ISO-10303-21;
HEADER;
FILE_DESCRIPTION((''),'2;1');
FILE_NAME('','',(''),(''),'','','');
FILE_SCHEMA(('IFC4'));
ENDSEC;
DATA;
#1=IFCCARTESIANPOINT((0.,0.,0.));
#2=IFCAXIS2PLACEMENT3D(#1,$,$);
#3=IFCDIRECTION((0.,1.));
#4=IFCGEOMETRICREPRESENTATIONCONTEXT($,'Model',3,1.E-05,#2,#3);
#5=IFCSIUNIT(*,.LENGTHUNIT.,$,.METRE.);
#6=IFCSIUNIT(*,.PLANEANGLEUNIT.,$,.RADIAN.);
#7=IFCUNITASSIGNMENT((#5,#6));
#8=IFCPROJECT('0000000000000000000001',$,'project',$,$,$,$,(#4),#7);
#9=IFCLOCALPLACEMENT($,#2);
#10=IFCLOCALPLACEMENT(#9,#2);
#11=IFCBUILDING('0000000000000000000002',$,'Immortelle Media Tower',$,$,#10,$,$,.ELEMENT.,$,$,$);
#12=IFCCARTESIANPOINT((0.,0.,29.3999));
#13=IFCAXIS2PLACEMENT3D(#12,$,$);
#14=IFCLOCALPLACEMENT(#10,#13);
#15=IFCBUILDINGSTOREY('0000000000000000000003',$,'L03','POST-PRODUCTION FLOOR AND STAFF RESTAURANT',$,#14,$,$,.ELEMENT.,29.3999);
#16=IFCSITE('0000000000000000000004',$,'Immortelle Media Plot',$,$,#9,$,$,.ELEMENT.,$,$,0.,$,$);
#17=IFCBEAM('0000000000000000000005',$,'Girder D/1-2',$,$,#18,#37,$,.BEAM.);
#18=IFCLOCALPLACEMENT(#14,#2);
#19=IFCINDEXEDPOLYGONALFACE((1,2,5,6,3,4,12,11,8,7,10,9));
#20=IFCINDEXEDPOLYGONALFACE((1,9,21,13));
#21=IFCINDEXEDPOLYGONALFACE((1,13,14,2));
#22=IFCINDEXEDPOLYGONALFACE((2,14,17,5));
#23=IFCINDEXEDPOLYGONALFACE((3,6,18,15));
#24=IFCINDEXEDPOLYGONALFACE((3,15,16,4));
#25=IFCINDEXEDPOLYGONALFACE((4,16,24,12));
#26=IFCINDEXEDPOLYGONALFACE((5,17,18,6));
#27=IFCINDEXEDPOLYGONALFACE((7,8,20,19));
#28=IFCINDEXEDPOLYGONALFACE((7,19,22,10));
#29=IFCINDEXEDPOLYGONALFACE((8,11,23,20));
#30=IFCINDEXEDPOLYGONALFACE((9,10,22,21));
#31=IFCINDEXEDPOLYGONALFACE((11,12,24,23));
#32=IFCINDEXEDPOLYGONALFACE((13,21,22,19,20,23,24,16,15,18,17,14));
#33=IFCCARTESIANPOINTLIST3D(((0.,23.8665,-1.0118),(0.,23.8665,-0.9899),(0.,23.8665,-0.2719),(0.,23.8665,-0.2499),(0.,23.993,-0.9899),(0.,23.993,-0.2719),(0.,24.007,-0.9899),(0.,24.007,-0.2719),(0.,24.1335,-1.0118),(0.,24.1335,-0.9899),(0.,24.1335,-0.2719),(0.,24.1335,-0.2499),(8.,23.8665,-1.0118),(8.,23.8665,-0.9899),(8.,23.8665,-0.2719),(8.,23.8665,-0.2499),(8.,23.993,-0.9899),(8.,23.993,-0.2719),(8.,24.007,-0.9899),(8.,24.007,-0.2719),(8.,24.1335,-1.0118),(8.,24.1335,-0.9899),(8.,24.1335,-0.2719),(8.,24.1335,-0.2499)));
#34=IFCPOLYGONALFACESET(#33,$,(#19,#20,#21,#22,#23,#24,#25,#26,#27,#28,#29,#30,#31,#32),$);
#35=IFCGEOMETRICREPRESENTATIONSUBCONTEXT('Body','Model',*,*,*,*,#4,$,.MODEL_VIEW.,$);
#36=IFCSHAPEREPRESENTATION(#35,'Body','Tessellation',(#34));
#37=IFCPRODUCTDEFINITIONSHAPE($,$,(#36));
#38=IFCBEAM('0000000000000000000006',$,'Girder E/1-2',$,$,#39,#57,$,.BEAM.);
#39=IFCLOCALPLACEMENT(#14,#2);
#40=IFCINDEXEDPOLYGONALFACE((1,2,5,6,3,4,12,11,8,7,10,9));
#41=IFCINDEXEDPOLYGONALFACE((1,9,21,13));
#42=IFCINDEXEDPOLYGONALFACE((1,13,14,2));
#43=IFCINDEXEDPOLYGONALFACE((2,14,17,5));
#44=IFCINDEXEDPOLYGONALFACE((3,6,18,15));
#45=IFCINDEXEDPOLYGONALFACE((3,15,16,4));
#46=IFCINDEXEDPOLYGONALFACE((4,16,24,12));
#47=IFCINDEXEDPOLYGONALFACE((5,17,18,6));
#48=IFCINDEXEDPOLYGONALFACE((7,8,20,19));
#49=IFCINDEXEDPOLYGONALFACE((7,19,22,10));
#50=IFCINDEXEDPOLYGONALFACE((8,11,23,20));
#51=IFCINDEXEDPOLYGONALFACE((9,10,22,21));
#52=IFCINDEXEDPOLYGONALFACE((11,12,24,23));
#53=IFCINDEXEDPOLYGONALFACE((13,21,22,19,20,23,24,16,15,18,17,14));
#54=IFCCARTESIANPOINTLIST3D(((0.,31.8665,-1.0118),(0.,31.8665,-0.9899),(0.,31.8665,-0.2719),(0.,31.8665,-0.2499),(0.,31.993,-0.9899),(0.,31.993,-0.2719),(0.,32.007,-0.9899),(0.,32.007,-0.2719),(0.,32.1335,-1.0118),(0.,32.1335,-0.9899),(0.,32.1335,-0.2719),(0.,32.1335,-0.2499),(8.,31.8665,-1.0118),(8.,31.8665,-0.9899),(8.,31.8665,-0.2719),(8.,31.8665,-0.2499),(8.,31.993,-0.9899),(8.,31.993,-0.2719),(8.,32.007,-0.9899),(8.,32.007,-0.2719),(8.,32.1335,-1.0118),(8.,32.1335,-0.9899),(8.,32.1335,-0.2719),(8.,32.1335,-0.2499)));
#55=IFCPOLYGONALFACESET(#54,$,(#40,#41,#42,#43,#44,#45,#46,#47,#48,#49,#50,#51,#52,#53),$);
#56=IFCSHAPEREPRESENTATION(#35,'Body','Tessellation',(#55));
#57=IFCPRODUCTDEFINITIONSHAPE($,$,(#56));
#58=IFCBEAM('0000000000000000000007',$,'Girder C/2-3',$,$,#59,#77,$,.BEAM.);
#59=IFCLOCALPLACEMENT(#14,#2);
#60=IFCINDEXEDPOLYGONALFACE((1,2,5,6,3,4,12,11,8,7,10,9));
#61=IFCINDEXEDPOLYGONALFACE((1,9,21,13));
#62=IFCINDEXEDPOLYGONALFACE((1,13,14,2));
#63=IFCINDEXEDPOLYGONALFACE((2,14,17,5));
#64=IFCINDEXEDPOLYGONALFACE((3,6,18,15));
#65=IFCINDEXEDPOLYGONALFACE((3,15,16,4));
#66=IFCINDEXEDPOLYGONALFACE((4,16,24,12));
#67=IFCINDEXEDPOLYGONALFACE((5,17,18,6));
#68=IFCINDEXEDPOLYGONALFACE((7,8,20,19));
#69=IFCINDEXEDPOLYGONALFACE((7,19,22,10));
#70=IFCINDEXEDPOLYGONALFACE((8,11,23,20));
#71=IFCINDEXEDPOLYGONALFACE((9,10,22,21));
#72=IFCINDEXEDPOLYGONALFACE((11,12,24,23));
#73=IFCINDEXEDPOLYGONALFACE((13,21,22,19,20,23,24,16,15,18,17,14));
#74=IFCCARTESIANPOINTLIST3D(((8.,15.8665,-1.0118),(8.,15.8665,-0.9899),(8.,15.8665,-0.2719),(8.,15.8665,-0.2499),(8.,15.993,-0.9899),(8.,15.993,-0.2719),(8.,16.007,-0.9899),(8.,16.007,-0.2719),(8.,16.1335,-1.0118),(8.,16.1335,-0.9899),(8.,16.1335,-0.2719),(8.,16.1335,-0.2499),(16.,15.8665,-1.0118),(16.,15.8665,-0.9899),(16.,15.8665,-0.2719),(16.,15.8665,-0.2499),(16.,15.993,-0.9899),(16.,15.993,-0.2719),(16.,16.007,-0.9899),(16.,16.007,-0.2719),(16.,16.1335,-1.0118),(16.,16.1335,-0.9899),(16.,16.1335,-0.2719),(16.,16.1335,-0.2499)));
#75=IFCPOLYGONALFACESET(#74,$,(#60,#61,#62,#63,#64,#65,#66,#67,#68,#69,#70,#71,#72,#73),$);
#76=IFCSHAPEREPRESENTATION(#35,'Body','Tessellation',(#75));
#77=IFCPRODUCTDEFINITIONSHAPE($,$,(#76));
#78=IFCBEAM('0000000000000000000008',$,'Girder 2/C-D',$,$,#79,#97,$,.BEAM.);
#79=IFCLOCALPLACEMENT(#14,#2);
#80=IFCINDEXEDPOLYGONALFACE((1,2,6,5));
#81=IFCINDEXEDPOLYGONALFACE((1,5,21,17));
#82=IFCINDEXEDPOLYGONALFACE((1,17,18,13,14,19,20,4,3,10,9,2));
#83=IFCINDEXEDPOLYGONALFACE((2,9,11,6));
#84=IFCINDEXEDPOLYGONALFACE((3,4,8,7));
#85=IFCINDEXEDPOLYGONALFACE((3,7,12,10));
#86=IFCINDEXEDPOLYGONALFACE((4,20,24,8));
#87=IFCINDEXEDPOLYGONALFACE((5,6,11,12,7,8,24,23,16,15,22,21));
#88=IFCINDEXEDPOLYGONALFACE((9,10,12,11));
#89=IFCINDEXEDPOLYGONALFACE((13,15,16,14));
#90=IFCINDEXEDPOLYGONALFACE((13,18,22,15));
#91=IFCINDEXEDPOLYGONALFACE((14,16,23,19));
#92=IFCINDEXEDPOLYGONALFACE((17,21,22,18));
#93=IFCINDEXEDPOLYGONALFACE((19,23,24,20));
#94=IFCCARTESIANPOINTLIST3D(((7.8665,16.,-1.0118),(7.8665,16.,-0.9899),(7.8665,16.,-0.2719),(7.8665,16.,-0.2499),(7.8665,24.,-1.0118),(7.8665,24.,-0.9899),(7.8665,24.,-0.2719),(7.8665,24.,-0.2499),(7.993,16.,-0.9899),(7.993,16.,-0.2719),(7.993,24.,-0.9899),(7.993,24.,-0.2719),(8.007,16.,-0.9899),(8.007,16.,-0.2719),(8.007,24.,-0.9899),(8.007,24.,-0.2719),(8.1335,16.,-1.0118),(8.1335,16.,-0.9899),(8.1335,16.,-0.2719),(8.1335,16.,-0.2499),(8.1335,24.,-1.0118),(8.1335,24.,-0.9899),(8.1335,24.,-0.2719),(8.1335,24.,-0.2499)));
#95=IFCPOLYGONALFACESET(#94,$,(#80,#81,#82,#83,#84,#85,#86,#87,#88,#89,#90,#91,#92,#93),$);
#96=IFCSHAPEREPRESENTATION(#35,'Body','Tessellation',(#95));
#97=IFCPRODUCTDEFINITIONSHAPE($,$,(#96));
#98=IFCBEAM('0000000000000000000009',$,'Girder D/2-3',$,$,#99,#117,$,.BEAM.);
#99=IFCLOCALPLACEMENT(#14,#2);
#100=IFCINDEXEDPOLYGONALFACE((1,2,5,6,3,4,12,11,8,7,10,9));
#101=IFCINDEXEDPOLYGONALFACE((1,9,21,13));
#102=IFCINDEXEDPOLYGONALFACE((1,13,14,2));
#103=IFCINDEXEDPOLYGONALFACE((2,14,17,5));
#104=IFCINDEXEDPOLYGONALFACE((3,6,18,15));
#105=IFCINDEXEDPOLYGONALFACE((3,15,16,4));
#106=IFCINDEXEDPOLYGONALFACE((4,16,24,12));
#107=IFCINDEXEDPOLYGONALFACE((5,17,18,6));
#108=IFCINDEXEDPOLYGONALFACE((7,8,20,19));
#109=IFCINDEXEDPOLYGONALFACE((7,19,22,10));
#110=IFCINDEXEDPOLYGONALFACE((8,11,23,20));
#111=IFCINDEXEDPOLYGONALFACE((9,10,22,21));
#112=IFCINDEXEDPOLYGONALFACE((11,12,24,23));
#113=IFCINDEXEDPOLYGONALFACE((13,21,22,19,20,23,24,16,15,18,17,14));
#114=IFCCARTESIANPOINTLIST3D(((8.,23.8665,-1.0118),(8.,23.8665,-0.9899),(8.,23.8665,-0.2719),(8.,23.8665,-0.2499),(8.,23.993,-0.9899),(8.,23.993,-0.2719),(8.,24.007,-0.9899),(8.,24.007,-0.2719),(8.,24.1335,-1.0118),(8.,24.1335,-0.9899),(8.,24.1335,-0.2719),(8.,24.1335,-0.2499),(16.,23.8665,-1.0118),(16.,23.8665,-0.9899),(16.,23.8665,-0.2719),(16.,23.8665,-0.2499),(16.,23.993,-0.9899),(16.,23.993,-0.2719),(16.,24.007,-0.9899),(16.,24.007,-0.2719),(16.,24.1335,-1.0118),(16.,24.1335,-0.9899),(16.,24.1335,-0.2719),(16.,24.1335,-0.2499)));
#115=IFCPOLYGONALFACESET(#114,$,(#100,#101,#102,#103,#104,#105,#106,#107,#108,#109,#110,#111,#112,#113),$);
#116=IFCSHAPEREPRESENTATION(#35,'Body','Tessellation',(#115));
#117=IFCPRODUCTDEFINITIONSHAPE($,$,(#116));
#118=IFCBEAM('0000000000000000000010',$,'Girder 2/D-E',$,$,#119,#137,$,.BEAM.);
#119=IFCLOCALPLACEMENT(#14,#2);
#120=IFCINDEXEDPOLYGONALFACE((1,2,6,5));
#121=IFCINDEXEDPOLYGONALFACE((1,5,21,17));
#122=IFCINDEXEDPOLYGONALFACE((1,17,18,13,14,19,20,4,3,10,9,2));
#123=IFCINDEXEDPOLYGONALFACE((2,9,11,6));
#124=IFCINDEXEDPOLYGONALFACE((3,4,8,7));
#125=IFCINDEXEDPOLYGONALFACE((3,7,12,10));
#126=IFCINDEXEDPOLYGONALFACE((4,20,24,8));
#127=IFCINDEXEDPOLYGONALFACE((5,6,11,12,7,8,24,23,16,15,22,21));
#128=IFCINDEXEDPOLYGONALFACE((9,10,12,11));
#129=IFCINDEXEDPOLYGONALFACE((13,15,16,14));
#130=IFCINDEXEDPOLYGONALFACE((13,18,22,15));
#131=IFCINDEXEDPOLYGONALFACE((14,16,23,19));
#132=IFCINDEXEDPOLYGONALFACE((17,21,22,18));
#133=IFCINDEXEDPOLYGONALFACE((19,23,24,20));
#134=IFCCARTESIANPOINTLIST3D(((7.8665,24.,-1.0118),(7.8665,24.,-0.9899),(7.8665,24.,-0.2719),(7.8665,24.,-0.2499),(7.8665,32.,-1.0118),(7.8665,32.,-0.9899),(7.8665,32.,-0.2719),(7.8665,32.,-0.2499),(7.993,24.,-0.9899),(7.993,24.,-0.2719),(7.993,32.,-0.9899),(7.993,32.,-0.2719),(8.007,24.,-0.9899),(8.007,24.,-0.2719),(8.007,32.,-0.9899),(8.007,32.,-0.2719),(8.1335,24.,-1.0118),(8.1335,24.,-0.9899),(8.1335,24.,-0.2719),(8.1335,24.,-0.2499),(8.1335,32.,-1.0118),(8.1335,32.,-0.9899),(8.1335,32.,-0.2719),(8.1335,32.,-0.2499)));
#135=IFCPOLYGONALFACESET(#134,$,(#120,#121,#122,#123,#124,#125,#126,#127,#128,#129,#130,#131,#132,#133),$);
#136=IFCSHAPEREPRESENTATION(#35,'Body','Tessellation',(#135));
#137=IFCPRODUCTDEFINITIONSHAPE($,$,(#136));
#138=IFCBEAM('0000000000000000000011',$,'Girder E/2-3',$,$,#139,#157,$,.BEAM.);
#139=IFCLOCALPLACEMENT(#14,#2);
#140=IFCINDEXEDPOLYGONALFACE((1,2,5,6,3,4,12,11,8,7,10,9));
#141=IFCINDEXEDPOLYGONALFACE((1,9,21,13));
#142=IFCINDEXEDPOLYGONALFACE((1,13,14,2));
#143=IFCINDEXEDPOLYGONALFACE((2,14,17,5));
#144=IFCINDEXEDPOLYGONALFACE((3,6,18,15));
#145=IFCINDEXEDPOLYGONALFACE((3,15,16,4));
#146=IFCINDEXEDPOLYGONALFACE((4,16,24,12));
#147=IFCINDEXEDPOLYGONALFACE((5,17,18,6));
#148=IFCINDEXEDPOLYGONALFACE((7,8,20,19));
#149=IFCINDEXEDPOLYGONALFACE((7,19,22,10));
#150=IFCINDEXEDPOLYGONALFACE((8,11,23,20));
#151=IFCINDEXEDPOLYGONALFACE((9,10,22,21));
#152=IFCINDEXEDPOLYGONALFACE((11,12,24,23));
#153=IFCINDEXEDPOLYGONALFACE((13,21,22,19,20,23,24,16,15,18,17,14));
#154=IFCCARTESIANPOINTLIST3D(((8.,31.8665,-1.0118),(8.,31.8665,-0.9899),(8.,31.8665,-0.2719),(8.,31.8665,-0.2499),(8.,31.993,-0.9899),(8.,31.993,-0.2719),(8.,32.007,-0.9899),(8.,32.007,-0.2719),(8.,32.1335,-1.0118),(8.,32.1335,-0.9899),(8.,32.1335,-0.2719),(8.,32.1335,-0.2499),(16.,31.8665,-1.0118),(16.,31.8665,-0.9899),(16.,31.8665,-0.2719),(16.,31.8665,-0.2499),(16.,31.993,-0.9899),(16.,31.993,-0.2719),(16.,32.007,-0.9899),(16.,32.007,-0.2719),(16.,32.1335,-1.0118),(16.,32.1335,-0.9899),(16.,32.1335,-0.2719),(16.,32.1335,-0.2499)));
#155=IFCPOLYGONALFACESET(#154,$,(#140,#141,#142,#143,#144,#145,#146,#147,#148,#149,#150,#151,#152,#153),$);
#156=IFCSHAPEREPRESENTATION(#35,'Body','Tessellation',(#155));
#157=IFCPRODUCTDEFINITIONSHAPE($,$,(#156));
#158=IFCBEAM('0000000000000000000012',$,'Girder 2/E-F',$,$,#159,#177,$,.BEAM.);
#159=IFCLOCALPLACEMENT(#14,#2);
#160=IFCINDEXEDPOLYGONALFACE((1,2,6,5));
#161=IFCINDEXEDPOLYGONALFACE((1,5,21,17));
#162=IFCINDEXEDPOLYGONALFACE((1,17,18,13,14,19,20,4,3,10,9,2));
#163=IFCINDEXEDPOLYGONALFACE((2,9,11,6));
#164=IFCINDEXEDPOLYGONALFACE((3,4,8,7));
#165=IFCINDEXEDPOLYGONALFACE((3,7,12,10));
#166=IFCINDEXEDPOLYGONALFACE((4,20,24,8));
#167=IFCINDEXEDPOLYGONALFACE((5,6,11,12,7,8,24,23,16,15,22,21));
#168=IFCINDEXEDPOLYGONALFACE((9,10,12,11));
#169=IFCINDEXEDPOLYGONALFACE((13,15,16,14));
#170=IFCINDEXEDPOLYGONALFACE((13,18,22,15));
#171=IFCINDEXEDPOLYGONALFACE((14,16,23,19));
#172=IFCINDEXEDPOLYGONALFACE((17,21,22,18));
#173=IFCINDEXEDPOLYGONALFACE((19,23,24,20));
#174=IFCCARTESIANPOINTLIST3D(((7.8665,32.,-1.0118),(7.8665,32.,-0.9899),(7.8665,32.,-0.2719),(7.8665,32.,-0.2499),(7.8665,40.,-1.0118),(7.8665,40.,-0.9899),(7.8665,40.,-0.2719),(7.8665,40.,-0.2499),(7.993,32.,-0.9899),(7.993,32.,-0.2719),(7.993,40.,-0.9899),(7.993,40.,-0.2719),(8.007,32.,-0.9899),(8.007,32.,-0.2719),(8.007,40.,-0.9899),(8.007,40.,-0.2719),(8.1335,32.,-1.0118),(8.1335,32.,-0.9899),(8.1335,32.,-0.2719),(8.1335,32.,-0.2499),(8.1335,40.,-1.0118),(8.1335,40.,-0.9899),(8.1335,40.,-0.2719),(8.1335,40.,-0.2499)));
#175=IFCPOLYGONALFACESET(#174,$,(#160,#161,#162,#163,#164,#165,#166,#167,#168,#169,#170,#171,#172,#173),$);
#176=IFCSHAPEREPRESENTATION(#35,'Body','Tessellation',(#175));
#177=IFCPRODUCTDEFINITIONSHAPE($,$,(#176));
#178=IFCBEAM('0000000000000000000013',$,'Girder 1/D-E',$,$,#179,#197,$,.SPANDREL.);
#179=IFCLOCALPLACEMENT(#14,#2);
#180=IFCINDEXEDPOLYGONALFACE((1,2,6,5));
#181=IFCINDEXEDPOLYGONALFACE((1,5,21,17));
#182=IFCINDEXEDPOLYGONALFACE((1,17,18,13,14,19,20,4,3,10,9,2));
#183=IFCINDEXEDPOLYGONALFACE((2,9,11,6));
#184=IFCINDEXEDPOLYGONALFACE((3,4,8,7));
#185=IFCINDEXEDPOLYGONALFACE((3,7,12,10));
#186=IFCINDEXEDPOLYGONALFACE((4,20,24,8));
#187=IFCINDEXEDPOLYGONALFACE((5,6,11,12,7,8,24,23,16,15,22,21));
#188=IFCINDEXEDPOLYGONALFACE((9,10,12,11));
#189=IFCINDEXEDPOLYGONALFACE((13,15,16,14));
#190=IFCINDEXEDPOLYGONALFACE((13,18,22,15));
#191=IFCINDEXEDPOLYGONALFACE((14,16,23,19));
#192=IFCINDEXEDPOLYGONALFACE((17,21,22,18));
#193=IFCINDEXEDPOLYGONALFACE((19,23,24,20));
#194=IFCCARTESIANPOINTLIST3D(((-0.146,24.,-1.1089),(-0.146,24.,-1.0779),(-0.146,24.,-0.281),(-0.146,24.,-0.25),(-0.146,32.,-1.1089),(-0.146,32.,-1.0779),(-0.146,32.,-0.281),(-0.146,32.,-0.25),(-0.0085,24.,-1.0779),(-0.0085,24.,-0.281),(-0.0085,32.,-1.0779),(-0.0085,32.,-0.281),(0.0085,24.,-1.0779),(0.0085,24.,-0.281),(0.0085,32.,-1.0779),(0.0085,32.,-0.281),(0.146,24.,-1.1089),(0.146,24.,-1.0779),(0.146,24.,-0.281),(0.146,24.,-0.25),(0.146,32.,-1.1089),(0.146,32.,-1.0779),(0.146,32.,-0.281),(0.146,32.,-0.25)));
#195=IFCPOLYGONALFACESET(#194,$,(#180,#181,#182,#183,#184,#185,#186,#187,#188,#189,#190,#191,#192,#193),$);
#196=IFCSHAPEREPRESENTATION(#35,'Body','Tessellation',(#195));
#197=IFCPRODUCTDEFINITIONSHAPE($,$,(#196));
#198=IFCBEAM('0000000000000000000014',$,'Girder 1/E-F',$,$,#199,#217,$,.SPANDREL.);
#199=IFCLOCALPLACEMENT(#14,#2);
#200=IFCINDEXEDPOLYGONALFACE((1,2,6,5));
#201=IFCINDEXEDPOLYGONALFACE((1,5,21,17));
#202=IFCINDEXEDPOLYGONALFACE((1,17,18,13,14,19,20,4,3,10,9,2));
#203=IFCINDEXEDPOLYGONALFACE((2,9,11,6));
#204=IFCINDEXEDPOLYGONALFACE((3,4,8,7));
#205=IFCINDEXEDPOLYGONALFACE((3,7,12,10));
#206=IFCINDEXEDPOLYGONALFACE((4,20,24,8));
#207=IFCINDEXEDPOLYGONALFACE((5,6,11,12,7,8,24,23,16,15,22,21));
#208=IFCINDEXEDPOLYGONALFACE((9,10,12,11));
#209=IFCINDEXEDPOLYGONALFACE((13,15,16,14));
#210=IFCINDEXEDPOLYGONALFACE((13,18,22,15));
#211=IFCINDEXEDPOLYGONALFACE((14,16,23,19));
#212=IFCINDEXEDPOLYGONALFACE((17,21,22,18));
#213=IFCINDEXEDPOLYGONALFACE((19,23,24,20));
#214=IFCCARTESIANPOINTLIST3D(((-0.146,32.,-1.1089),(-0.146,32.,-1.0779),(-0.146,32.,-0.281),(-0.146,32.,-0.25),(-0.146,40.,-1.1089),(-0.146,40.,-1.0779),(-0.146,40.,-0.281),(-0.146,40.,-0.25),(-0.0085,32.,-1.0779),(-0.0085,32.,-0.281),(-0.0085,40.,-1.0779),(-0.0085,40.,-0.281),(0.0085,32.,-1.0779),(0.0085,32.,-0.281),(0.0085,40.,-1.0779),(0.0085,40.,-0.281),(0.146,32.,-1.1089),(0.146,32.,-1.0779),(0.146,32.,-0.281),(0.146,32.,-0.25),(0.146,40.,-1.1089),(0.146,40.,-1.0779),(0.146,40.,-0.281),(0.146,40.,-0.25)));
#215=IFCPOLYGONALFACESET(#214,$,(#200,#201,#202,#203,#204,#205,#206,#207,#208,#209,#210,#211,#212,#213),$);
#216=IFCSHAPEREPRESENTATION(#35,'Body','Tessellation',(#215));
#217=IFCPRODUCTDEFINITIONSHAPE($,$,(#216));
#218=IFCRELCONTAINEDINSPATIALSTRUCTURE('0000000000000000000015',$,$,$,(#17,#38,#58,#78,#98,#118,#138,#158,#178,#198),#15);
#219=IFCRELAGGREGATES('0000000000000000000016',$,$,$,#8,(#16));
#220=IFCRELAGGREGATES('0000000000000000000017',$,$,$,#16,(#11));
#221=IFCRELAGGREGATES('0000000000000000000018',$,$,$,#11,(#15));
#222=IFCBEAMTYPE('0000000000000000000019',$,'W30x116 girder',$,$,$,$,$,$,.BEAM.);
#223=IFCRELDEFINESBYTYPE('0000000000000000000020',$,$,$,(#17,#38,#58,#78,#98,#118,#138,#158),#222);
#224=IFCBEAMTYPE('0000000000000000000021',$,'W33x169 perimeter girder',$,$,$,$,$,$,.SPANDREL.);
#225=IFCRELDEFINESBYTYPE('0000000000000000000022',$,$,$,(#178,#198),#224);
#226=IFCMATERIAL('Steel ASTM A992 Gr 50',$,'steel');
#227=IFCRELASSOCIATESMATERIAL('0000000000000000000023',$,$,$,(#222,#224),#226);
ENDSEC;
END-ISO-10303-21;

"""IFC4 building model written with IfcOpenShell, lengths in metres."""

from ifc_helpers import new_model, si_unit, direction, frame, origin, origin_2d, place, context, subcontext, project, spatial, i_section, extrude, material, material_profile, profile_set, type_object, element, save


model = new_model("IFC4")

# Units and contexts
model_context = context("Model", 3, precision=1e-05, world=origin(), true_north=direction((0.0, 1.0)))
body_context = subcontext(model_context, "Body", "Model", "MODEL_VIEW")
ifc_project = project(units=[si_unit("LENGTHUNIT", "METRE"), si_unit("PLANEANGLEUNIT", "RADIAN")], contexts=[model_context])

# Site, building, storey
site_placement = place(None, origin())
site = spatial("IfcSite", under=ifc_project, at=site_placement, Name="Immortelle Media Plot", CompositionType="ELEMENT", RefElevation=0.0)
building_placement = place(site_placement, origin())
building = spatial("IfcBuilding", under=site, at=building_placement, Name="Immortelle Media Tower", CompositionType="ELEMENT")
storey_placement = place(building_placement, frame((0.0, 0.0, 29.3999)))
storey = spatial("IfcBuildingStorey", under=building, at=storey_placement, Name="L03", Description="POST-PRODUCTION FLOOR AND STAFF RESTAURANT", CompositionType="ELEMENT", Elevation=29.3999)

# Shared definitions
ifc_material_1 = material(Name="Steel ASTM A992 Gr 50", Category="steel")

# Beams
ifc_material_profile_1 = material_profile(ifc_material_1, i_section(OverallWidth=0.2671, OverallDepth=0.762, WebThickness=0.0139, FlangeThickness=0.022, at=origin_2d()), Name="W30x116")
ifc_profile_set_1 = profile_set([ifc_material_profile_1], Name="Steel ASTM A992 Gr 50")
beam_type_1 = type_object("IfcBeamType", Name="W30x116 girder", PredefinedType="BEAM", material=ifc_profile_set_1)
for number, where, z_axis, x_axis, name in (
    (1, (0.0, 24.0, -0.6309), (1.0, 0.0, 0.0), (0.0, 1.0, 0.0), "Girder D/1-2"),
    (2, (0.0, 32.0, -0.6309), (1.0, 0.0, 0.0), (0.0, 1.0, 0.0), "Girder E/1-2"),
    (3, (8.0, 16.0, -0.6309), (1.0, 0.0, 0.0), (0.0, 1.0, 0.0), "Girder C/2-3"),
    (4, (8.0, 16.0, -0.6309), (0.0, 1.0, 0.0), (-1.0, 0.0, 0.0), "Girder 2/C-D"),
    (5, (8.0, 24.0, -0.6309), (1.0, 0.0, 0.0), (0.0, 1.0, 0.0), "Girder D/2-3"),
    (6, (8.0, 24.0, -0.6309), (0.0, 1.0, 0.0), (-1.0, 0.0, 0.0), "Girder 2/D-E"),
    (7, (8.0, 32.0, -0.6309), (1.0, 0.0, 0.0), (0.0, 1.0, 0.0), "Girder E/2-3"),
    (8, (8.0, 32.0, -0.6309), (0.0, 1.0, 0.0), (-1.0, 0.0, 0.0), "Girder 2/E-F"),
):
    element("IfcBeam", number, at=place(storey_placement, frame(where, z_axis=z_axis, x_axis=x_axis)), inside=storey, type_object=beam_type_1, Name=name, PredefinedType="BEAM", context=body_context, shape_type="SweptSolid", body=[
        extrude(i_section(OverallWidth=0.2671, OverallDepth=0.762, WebThickness=0.0139, FlangeThickness=0.022, at=origin_2d()), origin(), (0.0, 0.0, 1.0), 8.0),
    ])
ifc_material_profile_2 = material_profile(ifc_material_1, i_section(OverallWidth=0.292, OverallDepth=0.8589, WebThickness=0.0171, FlangeThickness=0.031, at=origin_2d()), Name="W33x169")
ifc_profile_set_2 = profile_set([ifc_material_profile_2], Name="Steel ASTM A992 Gr 50")
beam_type_2 = type_object("IfcBeamType", Name="W33x169 perimeter girder", PredefinedType="SPANDREL", material=ifc_profile_set_2)
for number, where, z_axis, x_axis, name in (
    (9, (0.0, 24.0, -0.6794), (0.0, 1.0, 0.0), (-1.0, 0.0, 0.0), "Girder 1/D-E"),
    (10, (0.0, 32.0, -0.6794), (0.0, 1.0, 0.0), (-1.0, 0.0, 0.0), "Girder 1/E-F"),
):
    element("IfcBeam", number, at=place(storey_placement, frame(where, z_axis=z_axis, x_axis=x_axis)), inside=storey, type_object=beam_type_2, Name=name, PredefinedType="SPANDREL", context=body_context, shape_type="SweptSolid", body=[
        extrude(i_section(OverallWidth=0.292, OverallDepth=0.8589, WebThickness=0.0171, FlangeThickness=0.031, at=origin_2d()), origin(), (0.0, 0.0, 1.0), 8.0),
    ])

save(model, "model.ifc")
